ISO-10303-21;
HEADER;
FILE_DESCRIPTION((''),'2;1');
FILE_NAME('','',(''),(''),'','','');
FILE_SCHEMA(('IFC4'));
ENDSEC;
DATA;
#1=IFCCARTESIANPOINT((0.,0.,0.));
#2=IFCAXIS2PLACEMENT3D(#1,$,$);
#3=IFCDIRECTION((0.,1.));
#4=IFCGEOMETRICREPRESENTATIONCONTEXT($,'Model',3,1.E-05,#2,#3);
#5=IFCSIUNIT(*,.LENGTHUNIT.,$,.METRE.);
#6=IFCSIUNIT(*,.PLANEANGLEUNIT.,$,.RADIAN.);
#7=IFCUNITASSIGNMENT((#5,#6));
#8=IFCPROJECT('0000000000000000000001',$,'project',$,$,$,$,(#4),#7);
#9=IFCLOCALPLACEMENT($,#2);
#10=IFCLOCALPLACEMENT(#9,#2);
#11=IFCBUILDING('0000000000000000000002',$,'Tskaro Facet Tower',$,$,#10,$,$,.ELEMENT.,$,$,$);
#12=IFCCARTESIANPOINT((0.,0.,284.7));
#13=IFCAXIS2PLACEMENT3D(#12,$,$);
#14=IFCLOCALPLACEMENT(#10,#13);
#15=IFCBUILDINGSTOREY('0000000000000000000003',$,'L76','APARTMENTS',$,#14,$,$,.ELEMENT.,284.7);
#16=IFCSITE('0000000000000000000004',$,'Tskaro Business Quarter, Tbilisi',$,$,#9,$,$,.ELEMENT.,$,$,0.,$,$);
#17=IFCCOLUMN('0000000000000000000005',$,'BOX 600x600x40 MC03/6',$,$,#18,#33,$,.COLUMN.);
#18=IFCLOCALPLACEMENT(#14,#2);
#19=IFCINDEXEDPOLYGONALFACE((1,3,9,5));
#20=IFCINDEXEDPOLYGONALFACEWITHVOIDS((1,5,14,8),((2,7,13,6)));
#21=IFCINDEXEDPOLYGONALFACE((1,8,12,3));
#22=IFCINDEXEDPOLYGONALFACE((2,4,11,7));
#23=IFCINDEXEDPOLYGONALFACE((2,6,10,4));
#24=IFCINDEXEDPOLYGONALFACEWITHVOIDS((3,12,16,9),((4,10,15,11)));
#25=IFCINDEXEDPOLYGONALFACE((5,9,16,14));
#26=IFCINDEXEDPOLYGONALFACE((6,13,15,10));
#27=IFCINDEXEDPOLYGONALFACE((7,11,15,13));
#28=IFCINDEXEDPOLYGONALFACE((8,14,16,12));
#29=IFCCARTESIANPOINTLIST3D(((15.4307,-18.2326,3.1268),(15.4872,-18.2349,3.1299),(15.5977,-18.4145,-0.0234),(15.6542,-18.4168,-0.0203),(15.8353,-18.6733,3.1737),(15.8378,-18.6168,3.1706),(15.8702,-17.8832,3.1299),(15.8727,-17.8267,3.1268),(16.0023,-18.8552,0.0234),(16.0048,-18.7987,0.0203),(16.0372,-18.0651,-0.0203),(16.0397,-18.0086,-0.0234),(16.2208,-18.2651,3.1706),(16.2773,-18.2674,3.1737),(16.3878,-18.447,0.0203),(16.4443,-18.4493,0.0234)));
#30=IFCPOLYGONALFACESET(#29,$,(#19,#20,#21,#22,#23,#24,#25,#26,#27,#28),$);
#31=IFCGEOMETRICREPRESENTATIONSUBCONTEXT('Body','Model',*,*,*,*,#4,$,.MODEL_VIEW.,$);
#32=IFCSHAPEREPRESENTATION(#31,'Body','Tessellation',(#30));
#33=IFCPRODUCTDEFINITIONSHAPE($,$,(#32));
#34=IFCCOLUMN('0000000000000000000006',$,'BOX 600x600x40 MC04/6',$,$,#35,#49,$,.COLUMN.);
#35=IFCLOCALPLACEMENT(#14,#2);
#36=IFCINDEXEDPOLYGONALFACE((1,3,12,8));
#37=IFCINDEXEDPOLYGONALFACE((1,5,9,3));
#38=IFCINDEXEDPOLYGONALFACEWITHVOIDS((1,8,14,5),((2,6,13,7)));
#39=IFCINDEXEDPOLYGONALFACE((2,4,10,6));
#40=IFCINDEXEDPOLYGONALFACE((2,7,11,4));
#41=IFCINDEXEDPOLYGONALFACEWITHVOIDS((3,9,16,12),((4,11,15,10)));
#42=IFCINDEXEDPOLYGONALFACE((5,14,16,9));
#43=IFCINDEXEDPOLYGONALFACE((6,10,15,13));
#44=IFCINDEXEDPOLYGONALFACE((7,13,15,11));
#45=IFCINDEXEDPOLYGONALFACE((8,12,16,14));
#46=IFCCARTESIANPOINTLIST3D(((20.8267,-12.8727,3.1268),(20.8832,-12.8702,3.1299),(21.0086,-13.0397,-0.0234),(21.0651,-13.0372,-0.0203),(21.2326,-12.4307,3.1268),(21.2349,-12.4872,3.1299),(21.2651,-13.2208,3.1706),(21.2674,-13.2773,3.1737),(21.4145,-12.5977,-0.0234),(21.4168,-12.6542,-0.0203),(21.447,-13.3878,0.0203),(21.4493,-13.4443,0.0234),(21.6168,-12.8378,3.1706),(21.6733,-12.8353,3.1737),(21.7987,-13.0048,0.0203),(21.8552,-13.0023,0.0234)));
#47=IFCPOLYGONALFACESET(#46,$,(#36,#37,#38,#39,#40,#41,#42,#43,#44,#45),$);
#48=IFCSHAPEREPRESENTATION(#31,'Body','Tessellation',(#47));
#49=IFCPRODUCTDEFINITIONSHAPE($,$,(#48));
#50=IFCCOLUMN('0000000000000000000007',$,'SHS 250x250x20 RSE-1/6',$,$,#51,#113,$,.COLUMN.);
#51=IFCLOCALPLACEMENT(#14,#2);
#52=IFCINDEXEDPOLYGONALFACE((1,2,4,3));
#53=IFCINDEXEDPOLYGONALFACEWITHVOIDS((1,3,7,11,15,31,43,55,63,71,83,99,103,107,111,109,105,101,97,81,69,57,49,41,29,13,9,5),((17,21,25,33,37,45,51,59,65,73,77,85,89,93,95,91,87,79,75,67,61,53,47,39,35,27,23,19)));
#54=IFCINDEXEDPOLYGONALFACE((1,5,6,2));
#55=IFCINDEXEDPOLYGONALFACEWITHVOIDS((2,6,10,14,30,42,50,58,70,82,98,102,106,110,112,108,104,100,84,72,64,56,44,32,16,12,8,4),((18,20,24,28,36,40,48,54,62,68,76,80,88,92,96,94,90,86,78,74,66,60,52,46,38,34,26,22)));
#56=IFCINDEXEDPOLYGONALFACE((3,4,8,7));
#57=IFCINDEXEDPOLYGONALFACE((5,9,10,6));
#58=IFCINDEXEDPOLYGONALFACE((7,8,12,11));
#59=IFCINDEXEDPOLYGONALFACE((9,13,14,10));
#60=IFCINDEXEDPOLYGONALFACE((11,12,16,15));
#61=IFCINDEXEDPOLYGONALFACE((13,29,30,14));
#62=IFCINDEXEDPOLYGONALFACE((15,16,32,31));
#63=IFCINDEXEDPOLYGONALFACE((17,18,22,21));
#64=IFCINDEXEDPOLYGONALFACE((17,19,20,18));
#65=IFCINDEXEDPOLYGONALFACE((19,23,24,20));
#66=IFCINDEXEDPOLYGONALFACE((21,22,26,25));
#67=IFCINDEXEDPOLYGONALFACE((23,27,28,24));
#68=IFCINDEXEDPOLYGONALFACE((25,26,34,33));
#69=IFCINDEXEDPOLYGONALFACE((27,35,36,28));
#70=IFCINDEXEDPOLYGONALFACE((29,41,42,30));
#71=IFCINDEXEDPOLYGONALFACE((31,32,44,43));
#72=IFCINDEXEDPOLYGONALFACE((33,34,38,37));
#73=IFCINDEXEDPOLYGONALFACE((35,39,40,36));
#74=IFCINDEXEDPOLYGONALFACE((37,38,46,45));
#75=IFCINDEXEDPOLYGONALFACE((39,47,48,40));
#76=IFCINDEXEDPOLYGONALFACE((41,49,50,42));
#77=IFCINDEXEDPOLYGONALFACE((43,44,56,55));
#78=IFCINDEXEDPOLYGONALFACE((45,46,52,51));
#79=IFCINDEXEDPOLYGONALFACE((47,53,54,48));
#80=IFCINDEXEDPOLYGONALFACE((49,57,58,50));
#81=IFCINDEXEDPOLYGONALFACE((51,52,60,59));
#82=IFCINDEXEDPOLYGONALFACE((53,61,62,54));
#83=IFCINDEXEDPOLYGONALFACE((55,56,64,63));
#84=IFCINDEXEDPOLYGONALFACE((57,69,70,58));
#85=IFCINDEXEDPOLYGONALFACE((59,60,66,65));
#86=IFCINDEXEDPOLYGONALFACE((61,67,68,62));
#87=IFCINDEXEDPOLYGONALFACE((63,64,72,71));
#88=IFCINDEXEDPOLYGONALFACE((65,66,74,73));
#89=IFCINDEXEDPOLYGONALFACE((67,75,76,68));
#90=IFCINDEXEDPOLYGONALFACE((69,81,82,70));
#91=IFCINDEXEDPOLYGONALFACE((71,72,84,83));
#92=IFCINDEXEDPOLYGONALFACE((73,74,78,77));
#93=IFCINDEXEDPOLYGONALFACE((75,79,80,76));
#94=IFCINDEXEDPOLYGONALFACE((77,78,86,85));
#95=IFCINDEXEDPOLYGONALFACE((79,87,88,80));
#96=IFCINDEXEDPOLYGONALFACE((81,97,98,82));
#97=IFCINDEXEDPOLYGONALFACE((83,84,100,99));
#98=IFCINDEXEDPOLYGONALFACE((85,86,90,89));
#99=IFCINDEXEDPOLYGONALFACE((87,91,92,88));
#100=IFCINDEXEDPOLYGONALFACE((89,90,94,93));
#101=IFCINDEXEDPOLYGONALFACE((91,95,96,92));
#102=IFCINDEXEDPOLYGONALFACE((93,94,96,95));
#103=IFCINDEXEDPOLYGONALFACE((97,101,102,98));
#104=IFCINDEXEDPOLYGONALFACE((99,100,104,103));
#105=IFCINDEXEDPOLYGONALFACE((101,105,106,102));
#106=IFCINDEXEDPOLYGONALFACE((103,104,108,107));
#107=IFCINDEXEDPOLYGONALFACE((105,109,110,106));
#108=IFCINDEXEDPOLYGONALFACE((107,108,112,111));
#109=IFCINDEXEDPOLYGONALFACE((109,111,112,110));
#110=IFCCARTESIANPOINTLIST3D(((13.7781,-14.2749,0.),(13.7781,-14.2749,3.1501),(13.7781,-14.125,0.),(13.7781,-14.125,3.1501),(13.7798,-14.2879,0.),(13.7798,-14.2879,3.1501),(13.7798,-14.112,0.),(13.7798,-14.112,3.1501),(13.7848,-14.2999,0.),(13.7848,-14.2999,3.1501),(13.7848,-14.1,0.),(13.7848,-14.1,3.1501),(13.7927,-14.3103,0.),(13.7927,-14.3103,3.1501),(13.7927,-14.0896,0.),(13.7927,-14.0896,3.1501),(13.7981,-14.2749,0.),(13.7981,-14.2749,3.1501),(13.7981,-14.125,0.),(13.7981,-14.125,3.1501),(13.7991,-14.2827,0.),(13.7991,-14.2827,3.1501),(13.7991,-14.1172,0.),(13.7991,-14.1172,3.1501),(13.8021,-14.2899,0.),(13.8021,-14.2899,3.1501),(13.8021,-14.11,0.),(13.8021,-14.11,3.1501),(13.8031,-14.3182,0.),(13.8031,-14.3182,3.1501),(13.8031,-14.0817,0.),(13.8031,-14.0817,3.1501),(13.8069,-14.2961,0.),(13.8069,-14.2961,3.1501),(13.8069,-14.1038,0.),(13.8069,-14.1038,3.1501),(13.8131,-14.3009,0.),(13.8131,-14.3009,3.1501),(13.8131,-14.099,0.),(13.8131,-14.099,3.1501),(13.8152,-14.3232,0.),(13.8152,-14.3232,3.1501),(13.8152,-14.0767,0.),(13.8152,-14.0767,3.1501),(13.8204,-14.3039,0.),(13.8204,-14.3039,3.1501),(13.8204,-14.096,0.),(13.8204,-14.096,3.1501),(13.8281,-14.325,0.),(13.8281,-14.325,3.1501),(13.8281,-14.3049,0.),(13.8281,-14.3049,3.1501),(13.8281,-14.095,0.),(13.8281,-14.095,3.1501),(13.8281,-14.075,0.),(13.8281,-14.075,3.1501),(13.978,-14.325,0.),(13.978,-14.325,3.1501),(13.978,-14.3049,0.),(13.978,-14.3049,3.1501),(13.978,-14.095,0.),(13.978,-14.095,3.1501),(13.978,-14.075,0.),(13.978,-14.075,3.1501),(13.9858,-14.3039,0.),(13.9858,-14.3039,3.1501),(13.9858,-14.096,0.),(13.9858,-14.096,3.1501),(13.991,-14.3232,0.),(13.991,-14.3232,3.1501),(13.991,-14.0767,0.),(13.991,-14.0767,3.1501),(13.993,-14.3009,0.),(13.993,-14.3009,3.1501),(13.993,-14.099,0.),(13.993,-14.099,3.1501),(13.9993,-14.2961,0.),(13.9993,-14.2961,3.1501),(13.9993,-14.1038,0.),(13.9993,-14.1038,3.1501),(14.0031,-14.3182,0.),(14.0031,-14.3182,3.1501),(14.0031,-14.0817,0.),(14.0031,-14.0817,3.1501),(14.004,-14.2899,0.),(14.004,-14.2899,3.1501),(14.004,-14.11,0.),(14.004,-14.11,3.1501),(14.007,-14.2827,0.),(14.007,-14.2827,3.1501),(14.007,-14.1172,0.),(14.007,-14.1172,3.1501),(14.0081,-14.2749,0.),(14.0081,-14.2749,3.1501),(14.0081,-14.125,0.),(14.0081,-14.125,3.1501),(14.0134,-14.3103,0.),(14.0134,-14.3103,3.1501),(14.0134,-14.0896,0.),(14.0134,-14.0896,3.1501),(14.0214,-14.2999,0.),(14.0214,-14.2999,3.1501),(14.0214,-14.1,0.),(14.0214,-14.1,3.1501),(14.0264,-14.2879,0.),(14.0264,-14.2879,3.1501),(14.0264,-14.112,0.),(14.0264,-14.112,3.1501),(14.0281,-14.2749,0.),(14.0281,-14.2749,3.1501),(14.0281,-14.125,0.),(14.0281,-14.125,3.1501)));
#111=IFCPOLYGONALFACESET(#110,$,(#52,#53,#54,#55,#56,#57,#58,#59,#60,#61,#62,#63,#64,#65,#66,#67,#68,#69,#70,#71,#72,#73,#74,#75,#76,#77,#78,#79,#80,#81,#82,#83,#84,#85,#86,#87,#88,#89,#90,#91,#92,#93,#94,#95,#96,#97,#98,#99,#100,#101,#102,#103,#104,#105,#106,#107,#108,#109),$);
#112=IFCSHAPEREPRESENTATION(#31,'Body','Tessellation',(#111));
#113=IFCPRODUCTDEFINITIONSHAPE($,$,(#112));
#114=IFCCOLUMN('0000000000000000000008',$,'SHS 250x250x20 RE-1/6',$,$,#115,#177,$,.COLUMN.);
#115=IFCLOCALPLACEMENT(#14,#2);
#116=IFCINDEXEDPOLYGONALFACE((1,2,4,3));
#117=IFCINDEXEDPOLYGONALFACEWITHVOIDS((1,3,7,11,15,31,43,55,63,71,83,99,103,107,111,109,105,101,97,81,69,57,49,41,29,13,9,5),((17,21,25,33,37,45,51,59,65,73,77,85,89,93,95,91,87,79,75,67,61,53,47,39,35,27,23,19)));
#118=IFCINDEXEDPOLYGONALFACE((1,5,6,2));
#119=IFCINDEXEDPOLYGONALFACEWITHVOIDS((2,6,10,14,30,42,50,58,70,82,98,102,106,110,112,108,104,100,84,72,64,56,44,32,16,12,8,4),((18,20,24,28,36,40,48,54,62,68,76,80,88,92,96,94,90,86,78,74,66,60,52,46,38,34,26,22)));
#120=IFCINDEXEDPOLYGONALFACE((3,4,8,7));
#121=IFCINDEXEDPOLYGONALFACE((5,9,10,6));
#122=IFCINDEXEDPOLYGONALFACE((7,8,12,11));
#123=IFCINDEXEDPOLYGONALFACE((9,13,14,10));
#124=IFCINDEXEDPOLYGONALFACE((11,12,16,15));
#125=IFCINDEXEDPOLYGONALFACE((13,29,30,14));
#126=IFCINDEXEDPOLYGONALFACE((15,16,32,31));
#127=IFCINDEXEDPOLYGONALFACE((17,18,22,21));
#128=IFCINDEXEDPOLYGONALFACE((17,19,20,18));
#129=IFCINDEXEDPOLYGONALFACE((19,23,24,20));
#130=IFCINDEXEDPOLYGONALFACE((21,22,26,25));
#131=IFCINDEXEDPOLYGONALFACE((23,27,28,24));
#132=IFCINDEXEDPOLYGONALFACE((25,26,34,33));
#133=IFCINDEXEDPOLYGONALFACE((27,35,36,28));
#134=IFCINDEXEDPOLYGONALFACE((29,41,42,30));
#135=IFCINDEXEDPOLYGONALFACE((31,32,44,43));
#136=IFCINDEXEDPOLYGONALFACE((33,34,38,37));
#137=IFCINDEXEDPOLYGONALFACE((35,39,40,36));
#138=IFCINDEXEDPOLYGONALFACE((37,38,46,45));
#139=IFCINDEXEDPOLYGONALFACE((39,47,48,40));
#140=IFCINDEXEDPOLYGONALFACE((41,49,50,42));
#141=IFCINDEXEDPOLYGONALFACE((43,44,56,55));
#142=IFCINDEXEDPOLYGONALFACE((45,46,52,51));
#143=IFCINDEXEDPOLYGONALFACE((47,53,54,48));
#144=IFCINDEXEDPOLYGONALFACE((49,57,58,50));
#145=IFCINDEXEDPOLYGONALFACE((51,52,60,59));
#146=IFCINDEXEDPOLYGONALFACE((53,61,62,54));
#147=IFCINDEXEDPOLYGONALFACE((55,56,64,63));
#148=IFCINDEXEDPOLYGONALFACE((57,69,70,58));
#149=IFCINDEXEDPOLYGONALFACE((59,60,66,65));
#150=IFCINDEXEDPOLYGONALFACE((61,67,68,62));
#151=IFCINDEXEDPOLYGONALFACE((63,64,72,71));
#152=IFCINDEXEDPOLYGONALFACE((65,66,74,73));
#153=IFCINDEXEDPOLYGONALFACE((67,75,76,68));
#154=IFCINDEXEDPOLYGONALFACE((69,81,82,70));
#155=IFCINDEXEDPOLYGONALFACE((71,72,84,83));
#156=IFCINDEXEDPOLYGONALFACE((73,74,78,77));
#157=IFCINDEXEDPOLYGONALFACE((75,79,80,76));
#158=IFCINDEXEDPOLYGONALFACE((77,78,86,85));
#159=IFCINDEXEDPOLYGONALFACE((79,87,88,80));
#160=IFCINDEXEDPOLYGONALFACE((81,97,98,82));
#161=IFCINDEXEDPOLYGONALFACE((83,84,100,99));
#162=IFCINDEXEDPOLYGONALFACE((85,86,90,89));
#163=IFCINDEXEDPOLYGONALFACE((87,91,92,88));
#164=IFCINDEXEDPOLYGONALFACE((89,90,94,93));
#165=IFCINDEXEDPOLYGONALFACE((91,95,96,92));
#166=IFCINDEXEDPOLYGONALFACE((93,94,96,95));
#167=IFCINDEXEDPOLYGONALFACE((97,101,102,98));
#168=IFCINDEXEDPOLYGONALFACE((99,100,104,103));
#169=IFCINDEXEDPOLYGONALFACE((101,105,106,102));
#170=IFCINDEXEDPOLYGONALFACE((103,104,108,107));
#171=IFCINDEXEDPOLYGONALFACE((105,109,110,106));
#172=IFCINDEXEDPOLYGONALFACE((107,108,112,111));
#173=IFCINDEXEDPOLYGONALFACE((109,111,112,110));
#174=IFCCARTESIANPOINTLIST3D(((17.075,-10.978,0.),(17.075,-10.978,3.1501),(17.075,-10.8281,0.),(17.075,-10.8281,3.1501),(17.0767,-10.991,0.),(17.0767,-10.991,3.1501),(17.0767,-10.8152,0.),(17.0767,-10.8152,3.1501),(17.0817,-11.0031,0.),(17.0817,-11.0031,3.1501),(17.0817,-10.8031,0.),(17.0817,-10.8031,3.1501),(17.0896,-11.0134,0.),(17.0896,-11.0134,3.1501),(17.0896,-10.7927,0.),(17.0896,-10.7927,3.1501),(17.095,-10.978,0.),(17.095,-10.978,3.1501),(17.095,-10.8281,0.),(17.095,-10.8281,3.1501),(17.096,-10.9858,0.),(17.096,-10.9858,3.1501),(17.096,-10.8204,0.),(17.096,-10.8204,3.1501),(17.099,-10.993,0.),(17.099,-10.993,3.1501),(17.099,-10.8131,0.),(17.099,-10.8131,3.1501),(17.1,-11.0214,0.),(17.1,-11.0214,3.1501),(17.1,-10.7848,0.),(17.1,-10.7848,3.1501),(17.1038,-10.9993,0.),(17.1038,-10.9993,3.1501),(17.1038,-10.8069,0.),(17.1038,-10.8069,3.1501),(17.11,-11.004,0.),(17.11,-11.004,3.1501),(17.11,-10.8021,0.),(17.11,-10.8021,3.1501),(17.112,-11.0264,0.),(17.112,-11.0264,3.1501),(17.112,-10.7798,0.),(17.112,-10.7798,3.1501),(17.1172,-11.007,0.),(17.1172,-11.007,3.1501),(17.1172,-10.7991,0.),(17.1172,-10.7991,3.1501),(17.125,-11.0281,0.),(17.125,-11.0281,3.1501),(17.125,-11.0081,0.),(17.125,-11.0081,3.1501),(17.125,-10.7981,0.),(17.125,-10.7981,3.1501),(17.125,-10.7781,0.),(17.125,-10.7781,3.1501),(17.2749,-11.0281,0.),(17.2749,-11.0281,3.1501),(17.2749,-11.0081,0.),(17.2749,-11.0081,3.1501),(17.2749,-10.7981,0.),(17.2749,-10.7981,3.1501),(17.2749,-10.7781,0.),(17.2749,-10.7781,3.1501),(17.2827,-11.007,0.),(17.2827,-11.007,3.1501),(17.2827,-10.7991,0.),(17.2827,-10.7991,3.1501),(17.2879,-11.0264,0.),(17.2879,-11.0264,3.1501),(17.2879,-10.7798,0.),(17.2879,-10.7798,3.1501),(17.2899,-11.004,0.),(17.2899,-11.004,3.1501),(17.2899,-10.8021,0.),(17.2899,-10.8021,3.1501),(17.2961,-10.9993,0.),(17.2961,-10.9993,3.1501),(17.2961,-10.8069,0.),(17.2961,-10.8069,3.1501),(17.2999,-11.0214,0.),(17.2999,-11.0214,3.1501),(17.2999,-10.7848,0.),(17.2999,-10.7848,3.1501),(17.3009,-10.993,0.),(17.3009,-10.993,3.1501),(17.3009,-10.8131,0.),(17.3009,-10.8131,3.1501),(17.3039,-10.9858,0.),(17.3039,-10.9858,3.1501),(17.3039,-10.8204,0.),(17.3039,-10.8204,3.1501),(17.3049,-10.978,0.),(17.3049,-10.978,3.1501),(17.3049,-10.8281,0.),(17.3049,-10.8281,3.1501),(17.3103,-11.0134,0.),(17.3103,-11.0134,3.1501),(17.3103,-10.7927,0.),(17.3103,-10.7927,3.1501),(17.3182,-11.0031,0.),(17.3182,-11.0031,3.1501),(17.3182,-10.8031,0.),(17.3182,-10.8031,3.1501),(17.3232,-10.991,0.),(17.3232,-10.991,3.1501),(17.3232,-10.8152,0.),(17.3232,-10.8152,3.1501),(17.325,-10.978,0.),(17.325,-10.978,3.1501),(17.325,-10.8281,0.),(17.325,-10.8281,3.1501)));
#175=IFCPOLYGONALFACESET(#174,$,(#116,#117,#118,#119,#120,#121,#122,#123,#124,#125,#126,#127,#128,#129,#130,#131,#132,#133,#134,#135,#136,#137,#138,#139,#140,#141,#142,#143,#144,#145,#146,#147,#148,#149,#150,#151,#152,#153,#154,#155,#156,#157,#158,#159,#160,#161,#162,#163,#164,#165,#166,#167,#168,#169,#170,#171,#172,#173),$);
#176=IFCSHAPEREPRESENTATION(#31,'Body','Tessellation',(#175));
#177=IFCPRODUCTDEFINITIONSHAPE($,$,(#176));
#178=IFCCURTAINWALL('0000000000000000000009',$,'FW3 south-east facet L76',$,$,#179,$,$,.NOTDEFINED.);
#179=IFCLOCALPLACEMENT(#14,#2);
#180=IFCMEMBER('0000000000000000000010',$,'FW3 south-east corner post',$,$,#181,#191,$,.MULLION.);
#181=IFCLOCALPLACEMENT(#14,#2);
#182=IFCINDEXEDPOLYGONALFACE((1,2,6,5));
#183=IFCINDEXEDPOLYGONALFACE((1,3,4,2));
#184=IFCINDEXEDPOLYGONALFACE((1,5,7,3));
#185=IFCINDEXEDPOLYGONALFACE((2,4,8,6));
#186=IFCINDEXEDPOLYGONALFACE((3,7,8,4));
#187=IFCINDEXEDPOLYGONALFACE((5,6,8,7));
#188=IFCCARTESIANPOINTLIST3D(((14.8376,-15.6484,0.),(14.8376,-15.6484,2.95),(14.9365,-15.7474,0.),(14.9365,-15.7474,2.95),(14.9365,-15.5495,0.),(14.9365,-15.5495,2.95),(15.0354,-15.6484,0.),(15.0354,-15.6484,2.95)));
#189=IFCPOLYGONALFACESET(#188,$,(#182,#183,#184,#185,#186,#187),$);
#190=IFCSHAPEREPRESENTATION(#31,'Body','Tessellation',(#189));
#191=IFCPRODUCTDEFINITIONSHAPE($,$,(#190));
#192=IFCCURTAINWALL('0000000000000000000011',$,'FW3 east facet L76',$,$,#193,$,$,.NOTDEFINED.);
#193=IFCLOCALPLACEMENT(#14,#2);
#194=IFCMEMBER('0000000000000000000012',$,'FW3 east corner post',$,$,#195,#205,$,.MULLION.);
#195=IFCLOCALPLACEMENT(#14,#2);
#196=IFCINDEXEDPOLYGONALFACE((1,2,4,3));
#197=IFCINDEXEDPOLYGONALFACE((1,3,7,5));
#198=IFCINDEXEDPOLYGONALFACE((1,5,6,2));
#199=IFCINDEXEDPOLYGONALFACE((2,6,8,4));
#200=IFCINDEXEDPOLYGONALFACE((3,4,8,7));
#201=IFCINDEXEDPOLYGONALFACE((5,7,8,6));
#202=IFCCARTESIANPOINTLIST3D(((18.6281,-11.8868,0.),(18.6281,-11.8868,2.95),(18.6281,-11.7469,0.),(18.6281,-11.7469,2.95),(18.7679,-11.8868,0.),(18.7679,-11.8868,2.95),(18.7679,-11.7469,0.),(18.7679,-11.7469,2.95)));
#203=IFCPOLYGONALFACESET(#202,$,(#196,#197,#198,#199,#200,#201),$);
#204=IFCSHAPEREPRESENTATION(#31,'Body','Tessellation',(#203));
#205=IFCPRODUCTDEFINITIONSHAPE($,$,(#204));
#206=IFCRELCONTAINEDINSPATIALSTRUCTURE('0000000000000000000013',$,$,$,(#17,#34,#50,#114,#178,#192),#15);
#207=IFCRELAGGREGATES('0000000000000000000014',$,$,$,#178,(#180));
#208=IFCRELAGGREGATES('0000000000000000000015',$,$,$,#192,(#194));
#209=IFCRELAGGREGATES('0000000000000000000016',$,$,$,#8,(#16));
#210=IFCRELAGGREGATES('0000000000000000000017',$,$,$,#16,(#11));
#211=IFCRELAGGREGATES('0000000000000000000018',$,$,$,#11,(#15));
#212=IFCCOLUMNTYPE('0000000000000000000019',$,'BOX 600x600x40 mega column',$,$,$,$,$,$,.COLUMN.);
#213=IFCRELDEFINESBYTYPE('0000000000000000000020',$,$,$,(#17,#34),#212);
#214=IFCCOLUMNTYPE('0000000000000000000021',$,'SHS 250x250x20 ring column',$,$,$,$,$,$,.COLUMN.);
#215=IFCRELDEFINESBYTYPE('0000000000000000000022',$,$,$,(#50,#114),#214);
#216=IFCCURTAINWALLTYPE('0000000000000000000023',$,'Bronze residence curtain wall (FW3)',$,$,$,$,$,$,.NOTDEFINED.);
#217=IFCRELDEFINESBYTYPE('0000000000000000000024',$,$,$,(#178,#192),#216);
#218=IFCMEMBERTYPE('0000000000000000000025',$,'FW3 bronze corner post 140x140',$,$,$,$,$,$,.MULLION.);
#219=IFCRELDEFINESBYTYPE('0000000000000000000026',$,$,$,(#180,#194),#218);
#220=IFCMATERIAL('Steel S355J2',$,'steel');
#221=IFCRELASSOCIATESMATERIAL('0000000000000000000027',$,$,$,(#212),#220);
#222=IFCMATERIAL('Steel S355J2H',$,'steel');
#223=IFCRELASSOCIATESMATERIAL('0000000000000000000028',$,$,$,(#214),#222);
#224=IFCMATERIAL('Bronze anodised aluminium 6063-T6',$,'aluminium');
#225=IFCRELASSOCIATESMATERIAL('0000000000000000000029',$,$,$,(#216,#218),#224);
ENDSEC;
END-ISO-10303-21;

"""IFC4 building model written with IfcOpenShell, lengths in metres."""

from ifc_helpers import new_model, si_unit, direction, frame, origin, origin_2d, place, context, subcontext, project, spatial, rectangle, hollow_rectangle, extrude, material, material_profile, profile_set, type_object, element, aggregate, save


model = new_model("IFC4")

# Units and contexts
model_context = context("Model", 3, precision=1e-05, world=origin(), true_north=direction((0.0, 1.0)))
body_context = subcontext(model_context, "Body", "Model", "MODEL_VIEW")
ifc_project = project(units=[si_unit("LENGTHUNIT", "METRE"), si_unit("PLANEANGLEUNIT", "RADIAN")], contexts=[model_context])

# Site, building, storey
site_placement = place(None, origin())
site = spatial("IfcSite", under=ifc_project, at=site_placement, Name="Tskaro Business Quarter, Tbilisi", CompositionType="ELEMENT", RefElevation=0.0)
building_placement = place(site_placement, origin())
building = spatial("IfcBuilding", under=site, at=building_placement, Name="Tskaro Facet Tower", CompositionType="ELEMENT")
storey_placement = place(building_placement, frame((0.0, 0.0, 284.7)))
storey = spatial("IfcBuildingStorey", under=building, at=storey_placement, Name="L76", Description="APARTMENTS", CompositionType="ELEMENT", Elevation=284.7)

# Columns
ifc_material_1 = material(Name="Steel S355J2", Category="steel")
ifc_material_profile_1 = material_profile(ifc_material_1, hollow_rectangle(XDim=0.6001, YDim=0.6001, WallThickness=0.04, at=origin_2d()), Name="BOX 600x600x40")
ifc_profile_set_1 = profile_set([ifc_material_profile_1], Name="Steel S355J2")
column_type_1 = type_object("IfcColumnType", Name="BOX 600x600x40 mega column", PredefinedType="COLUMN", material=ifc_profile_set_1)
for number, where, z_axis, x_axis, name in (
    (1, (16.021, -18.4319, 0.0), (-0.052849, 0.057562, 0.996942), (-0.73662, -0.676306, 0.0), "BOX 600x600x40 MC03/6"),
    (2, (21.4319, -13.021, 0.0), (-0.057562, 0.052849, 0.996942), (-0.676306, -0.73662, 0.0), "BOX 600x600x40 MC04/6"),
):
    element("IfcColumn", number, at=place(storey_placement, frame(where, z_axis=z_axis, x_axis=x_axis)), inside=storey, type_object=column_type_1, Name=name, PredefinedType="COLUMN", context=body_context, shape_type="SweptSolid", body=[
        extrude(hollow_rectangle(XDim=0.6001, YDim=0.6001, WallThickness=0.04, at=origin_2d()), origin(), (0.0, 0.0, 1.0), 3.1599),
    ])
ifc_material_2 = material(Name="Steel S355J2H", Category="steel")
ifc_material_profile_2 = material_profile(ifc_material_2, hollow_rectangle(XDim=0.25, YDim=0.25, WallThickness=0.02, InnerFilletRadius=0.03, OuterFilletRadius=0.05, at=origin_2d()), Name="SHS 250x250x20")
ifc_profile_set_2 = profile_set([ifc_material_profile_2], Name="Steel S355J2H")
column_type_2 = type_object("IfcColumnType", Name="SHS 250x250x20 ring column", PredefinedType="COLUMN", material=ifc_profile_set_2)
for number, where, z_axis, x_axis, name in (
    (3, (13.9031, -14.2, 0.0), (0.0, 0.0, 1.0), (1.0, 0.0, 0.0), "SHS 250x250x20 RSE-1/6"),
    (4, (17.2, -10.9031, 0.0), (0.0, 0.0, 1.0), (1.0, 0.0, 0.0), "SHS 250x250x20 RE-1/6"),
):
    element("IfcColumn", number, at=place(storey_placement, frame(where, z_axis=z_axis, x_axis=x_axis)), inside=storey, type_object=column_type_2, Name=name, PredefinedType="COLUMN", context=body_context, shape_type="SweptSolid", body=[
        extrude(hollow_rectangle(XDim=0.25, YDim=0.25, WallThickness=0.02, InnerFilletRadius=0.03, OuterFilletRadius=0.05, at=origin_2d()), origin(), (0.0, 0.0, 1.0), 3.1501),
    ])

# Curtain wall, member
ifc_material_3 = material(Name="Bronze anodised aluminium 6063-T6", Category="aluminium")
curtain_wall_type = type_object("IfcCurtainWallType", Name="Bronze residence curtain wall (FW3)", PredefinedType="NOTDEFINED", material=ifc_material_3)
curtain_wall_1_placement = place(storey_placement, origin())
curtain_wall_1 = element("IfcCurtainWall", 5, at=curtain_wall_1_placement, inside=storey, type_object=curtain_wall_type, Name="FW3 south-east facet L76", PredefinedType="NOTDEFINED")
ifc_material_profile_3 = material_profile(ifc_material_3, rectangle(XDim=0.1399, YDim=0.1399, at=origin_2d()), Name="Corner post 140x140")
ifc_profile_set_3 = profile_set([ifc_material_profile_3], Name="Bronze anodised aluminium 6063-T6")
member_type_1 = type_object("IfcMemberType", Name="FW3 bronze corner post 140x140", PredefinedType="MULLION", material=ifc_profile_set_3)
member_1_placement = place(storey_placement, frame((14.9365, -15.6484, 0.0), z_axis=(0.0, 0.0, 1.0), x_axis=(0.707107, 0.707107, 0.0)))
member_1 = element("IfcMember", 6, at=member_1_placement, type_object=member_type_1, Name="FW3 south-east corner post", PredefinedType="MULLION", context=body_context, shape_type="SweptSolid", body=[
    extrude(rectangle(XDim=0.1399, YDim=0.1399, at=origin_2d()), origin(), (0.0, 0.0, 1.0), 2.95),
])

# Curtain wall, member
curtain_wall_2_placement = place(storey_placement, origin())
curtain_wall_2 = element("IfcCurtainWall", 7, at=curtain_wall_2_placement, inside=storey, type_object=curtain_wall_type, Name="FW3 east facet L76", PredefinedType="NOTDEFINED")
member_2_placement = place(storey_placement, frame((18.698, -11.8169, 0.0), z_axis=(0.0, 0.0, 1.0), x_axis=(0.0, 1.0, 0.0)))
member_2 = element("IfcMember", 8, at=member_2_placement, type_object=member_type_1, Name="FW3 east corner post", PredefinedType="MULLION", context=body_context, shape_type="SweptSolid", body=[
    extrude(rectangle(XDim=0.1399, YDim=0.1399, at=origin_2d()), origin(), (0.0, 0.0, 1.0), 2.95),
])

aggregate(curtain_wall_1, [member_1])
aggregate(curtain_wall_2, [member_2])

save(model, "model.ifc")
